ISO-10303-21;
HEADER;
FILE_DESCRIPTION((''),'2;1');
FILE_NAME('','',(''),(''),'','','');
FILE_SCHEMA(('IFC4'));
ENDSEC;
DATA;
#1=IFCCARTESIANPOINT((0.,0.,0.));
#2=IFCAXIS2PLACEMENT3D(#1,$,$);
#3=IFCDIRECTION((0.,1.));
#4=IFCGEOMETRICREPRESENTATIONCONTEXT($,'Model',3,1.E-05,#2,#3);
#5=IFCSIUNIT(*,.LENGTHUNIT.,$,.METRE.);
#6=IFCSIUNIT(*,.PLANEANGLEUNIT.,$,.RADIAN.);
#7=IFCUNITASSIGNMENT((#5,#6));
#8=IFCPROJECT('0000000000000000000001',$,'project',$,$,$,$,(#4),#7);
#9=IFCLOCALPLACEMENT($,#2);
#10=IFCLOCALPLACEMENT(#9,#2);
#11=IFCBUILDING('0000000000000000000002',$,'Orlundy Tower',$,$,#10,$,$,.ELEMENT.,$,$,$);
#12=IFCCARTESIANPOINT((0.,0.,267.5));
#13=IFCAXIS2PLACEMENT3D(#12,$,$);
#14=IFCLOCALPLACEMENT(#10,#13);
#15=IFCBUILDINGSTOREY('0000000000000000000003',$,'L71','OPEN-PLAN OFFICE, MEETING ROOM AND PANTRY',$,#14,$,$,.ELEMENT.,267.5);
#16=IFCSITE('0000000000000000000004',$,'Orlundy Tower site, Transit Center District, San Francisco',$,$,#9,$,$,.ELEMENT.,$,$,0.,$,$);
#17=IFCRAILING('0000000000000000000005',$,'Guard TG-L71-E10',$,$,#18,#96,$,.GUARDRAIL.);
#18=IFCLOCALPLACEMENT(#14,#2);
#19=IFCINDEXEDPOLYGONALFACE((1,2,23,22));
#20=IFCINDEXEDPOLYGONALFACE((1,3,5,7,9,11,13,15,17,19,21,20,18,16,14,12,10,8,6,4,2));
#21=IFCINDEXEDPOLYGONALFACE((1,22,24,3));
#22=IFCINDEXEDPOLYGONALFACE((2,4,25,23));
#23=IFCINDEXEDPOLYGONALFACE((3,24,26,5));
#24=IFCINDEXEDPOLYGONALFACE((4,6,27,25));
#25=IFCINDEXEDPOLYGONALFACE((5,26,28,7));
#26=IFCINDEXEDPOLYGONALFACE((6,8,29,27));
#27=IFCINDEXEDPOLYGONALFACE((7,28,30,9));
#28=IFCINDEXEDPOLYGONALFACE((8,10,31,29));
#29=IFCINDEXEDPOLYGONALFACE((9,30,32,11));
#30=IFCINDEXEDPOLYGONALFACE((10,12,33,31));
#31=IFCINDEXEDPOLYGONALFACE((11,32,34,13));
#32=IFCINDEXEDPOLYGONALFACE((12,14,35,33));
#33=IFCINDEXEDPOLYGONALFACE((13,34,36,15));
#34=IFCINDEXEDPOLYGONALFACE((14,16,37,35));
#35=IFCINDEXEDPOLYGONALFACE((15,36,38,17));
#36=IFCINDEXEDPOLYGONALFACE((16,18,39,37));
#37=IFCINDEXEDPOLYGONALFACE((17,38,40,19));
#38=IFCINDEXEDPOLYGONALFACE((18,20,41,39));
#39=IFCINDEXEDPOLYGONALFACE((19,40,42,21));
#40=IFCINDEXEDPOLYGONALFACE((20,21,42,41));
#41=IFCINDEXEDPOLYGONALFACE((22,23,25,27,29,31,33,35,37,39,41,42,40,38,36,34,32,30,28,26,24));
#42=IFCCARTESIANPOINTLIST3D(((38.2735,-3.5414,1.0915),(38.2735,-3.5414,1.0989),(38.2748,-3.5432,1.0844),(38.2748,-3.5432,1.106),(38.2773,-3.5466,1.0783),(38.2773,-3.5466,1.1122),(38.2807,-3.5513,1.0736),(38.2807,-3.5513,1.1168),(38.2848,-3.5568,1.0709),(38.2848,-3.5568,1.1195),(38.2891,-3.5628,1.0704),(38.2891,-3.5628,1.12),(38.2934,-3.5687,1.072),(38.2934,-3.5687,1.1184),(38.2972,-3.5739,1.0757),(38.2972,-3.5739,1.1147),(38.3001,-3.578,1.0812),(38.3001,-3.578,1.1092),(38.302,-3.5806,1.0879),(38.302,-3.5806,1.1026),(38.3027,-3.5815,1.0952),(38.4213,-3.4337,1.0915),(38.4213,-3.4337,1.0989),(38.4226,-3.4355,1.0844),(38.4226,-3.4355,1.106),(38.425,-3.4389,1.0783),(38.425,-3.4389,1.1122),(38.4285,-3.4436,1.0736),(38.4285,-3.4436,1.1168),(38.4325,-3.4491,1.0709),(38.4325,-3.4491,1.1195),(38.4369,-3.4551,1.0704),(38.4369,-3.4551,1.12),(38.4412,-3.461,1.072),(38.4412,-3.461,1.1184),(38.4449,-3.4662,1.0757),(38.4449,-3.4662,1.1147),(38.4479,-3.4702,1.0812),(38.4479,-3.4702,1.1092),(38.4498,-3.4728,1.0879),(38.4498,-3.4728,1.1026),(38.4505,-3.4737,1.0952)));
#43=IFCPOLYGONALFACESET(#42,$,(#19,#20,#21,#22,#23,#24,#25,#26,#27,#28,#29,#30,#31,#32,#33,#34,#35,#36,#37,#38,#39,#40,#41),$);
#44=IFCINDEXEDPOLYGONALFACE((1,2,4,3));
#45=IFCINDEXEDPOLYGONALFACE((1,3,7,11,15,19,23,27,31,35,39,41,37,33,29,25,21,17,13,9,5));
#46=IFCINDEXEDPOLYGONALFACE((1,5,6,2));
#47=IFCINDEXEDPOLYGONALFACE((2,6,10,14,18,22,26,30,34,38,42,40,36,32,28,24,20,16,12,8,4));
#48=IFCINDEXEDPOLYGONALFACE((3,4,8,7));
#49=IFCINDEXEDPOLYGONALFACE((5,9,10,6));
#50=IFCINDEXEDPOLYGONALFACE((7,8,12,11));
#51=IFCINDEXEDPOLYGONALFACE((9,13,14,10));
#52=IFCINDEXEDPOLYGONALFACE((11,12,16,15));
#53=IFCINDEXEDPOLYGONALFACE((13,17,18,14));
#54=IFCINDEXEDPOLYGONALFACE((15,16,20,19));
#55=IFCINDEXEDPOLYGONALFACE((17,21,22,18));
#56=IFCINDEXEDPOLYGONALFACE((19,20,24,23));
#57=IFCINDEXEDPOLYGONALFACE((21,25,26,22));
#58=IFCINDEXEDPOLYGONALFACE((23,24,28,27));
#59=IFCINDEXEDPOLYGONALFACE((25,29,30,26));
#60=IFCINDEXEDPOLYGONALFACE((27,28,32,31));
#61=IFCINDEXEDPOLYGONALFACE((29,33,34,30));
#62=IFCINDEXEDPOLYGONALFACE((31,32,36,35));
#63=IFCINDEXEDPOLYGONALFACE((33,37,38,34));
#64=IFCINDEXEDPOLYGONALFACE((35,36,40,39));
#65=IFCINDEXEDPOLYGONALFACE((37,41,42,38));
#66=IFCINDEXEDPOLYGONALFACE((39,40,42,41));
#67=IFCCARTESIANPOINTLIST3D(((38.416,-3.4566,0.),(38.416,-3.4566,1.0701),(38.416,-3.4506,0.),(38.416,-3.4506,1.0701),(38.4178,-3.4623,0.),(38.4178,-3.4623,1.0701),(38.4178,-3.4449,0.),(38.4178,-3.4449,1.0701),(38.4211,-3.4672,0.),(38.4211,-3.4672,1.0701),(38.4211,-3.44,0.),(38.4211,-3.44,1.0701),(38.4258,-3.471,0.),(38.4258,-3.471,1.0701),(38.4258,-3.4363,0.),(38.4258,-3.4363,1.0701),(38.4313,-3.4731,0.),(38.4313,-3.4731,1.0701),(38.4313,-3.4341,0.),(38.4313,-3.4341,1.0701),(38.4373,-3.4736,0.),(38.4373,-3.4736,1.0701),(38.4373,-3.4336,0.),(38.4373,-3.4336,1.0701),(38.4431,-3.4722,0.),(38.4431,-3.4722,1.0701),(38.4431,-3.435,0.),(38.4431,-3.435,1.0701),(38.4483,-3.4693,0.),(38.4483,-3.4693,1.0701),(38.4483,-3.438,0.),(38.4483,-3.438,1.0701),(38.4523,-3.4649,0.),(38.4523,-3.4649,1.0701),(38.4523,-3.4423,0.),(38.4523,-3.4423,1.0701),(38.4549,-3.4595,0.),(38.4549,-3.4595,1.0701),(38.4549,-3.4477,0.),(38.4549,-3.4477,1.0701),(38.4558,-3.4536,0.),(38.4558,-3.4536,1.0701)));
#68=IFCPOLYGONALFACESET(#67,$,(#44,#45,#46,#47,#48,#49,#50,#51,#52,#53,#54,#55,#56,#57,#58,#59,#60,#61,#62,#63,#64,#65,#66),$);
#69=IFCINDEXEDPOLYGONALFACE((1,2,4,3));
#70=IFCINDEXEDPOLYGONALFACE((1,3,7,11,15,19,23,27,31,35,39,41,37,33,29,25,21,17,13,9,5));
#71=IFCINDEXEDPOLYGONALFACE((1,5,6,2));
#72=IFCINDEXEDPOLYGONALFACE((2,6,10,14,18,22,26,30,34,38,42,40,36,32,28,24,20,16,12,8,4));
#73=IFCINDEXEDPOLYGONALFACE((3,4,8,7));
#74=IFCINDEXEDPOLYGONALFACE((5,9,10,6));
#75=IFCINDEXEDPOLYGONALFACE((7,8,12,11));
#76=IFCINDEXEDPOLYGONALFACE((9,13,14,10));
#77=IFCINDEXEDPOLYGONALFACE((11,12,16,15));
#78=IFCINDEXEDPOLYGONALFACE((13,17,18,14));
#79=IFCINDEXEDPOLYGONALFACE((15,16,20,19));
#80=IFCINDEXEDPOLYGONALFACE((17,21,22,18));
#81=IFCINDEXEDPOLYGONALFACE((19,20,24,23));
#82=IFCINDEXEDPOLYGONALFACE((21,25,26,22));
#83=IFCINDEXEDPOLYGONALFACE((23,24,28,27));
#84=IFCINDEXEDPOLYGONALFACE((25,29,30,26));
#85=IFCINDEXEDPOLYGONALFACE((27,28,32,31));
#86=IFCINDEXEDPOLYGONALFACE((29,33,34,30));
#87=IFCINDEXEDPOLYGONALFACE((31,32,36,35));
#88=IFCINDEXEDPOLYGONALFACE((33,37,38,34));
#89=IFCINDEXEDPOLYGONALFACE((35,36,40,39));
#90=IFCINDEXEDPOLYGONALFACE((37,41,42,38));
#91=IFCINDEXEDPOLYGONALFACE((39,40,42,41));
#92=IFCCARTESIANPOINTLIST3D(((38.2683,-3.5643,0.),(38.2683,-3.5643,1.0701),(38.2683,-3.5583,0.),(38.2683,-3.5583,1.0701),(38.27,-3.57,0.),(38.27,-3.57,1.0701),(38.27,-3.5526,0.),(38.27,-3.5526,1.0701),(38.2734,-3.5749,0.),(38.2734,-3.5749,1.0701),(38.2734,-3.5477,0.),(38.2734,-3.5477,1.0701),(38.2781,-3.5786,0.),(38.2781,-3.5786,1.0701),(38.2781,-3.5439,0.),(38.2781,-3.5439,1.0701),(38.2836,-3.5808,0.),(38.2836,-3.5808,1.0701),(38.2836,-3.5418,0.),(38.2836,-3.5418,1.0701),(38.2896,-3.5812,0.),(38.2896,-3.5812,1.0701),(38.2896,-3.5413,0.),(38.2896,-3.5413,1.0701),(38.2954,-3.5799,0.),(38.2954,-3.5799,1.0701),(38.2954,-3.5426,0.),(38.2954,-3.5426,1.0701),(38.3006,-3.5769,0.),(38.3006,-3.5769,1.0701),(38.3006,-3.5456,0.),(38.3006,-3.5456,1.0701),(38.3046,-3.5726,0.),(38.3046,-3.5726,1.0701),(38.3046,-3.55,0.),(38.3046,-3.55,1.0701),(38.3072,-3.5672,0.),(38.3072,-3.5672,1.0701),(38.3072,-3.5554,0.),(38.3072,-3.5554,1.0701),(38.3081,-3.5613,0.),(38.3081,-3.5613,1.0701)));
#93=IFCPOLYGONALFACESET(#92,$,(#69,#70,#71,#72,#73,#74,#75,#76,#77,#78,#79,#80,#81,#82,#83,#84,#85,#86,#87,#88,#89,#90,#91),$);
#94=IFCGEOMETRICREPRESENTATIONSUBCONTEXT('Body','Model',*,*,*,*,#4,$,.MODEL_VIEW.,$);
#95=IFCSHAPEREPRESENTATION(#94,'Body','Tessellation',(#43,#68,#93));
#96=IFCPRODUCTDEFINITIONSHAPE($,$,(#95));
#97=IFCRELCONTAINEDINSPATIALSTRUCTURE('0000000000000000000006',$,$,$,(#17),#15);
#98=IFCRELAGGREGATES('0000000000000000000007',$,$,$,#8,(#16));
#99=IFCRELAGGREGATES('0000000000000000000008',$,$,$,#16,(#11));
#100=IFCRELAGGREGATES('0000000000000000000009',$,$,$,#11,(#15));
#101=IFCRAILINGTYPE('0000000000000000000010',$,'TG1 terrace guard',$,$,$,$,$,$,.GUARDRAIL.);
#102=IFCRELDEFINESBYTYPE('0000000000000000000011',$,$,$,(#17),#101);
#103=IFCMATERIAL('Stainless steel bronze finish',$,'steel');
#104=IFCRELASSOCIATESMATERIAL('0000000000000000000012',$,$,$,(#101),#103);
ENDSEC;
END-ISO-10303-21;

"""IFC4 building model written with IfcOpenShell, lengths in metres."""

from ifc_helpers import new_model, si_unit, direction, frame, origin, origin_2d, place, context, subcontext, project, spatial, circle, extrude, material, type_object, element, save


model = new_model("IFC4")

# Units and contexts
model_context = context("Model", 3, precision=1e-05, world=origin(), true_north=direction((0.0, 1.0)))
body_context = subcontext(model_context, "Body", "Model", "MODEL_VIEW")
ifc_project = project(units=[si_unit("LENGTHUNIT", "METRE"), si_unit("PLANEANGLEUNIT", "RADIAN")], contexts=[model_context])

# Site, building, storey
site_placement = place(None, origin())
site = spatial("IfcSite", under=ifc_project, at=site_placement, Name="Orlundy Tower site, Transit Center District, San Francisco", CompositionType="ELEMENT", RefElevation=0.0)
building_placement = place(site_placement, origin())
building = spatial("IfcBuilding", under=site, at=building_placement, Name="Orlundy Tower", CompositionType="ELEMENT")
storey_placement = place(building_placement, frame((0.0, 0.0, 267.5)))
storey = spatial("IfcBuildingStorey", under=building, at=storey_placement, Name="L71", Description="OPEN-PLAN OFFICE, MEETING ROOM AND PANTRY", CompositionType="ELEMENT", Elevation=267.5)

# Railing
ifc_material_1 = material(Name="Stainless steel bronze finish", Category="steel")
railing_type_1 = type_object("IfcRailingType", Name="TG1 terrace guard", PredefinedType="GUARDRAIL", material=ifc_material_1)
railing_1_placement = place(storey_placement, frame((38.4358, -3.4536, 0.0)))
element("IfcRailing", 1, at=railing_1_placement, inside=storey, type_object=railing_type_1, Name="Guard TG-L71-E10", PredefinedType="GUARDRAIL", context=body_context, shape_type="SweptSolid", body=[
    extrude(circle(Radius=0.0249, at=origin_2d()), frame((0.0, 0.0, 1.0952), z_axis=(-0.8081, -0.589045, 0.0), x_axis=(0.589045, -0.8081, 0.0)), (0.0, 0.0, 1.0), 0.1829),
    extrude(circle(Radius=0.02, at=origin_2d()), origin(), (0.0, 0.0, 1.0), 1.0701),
    extrude(circle(Radius=0.02, at=origin_2d()), frame((-0.1477, -0.1077, 0.0)), (0.0, 0.0, 1.0), 1.0701),
])

save(model, "model.ifc")
